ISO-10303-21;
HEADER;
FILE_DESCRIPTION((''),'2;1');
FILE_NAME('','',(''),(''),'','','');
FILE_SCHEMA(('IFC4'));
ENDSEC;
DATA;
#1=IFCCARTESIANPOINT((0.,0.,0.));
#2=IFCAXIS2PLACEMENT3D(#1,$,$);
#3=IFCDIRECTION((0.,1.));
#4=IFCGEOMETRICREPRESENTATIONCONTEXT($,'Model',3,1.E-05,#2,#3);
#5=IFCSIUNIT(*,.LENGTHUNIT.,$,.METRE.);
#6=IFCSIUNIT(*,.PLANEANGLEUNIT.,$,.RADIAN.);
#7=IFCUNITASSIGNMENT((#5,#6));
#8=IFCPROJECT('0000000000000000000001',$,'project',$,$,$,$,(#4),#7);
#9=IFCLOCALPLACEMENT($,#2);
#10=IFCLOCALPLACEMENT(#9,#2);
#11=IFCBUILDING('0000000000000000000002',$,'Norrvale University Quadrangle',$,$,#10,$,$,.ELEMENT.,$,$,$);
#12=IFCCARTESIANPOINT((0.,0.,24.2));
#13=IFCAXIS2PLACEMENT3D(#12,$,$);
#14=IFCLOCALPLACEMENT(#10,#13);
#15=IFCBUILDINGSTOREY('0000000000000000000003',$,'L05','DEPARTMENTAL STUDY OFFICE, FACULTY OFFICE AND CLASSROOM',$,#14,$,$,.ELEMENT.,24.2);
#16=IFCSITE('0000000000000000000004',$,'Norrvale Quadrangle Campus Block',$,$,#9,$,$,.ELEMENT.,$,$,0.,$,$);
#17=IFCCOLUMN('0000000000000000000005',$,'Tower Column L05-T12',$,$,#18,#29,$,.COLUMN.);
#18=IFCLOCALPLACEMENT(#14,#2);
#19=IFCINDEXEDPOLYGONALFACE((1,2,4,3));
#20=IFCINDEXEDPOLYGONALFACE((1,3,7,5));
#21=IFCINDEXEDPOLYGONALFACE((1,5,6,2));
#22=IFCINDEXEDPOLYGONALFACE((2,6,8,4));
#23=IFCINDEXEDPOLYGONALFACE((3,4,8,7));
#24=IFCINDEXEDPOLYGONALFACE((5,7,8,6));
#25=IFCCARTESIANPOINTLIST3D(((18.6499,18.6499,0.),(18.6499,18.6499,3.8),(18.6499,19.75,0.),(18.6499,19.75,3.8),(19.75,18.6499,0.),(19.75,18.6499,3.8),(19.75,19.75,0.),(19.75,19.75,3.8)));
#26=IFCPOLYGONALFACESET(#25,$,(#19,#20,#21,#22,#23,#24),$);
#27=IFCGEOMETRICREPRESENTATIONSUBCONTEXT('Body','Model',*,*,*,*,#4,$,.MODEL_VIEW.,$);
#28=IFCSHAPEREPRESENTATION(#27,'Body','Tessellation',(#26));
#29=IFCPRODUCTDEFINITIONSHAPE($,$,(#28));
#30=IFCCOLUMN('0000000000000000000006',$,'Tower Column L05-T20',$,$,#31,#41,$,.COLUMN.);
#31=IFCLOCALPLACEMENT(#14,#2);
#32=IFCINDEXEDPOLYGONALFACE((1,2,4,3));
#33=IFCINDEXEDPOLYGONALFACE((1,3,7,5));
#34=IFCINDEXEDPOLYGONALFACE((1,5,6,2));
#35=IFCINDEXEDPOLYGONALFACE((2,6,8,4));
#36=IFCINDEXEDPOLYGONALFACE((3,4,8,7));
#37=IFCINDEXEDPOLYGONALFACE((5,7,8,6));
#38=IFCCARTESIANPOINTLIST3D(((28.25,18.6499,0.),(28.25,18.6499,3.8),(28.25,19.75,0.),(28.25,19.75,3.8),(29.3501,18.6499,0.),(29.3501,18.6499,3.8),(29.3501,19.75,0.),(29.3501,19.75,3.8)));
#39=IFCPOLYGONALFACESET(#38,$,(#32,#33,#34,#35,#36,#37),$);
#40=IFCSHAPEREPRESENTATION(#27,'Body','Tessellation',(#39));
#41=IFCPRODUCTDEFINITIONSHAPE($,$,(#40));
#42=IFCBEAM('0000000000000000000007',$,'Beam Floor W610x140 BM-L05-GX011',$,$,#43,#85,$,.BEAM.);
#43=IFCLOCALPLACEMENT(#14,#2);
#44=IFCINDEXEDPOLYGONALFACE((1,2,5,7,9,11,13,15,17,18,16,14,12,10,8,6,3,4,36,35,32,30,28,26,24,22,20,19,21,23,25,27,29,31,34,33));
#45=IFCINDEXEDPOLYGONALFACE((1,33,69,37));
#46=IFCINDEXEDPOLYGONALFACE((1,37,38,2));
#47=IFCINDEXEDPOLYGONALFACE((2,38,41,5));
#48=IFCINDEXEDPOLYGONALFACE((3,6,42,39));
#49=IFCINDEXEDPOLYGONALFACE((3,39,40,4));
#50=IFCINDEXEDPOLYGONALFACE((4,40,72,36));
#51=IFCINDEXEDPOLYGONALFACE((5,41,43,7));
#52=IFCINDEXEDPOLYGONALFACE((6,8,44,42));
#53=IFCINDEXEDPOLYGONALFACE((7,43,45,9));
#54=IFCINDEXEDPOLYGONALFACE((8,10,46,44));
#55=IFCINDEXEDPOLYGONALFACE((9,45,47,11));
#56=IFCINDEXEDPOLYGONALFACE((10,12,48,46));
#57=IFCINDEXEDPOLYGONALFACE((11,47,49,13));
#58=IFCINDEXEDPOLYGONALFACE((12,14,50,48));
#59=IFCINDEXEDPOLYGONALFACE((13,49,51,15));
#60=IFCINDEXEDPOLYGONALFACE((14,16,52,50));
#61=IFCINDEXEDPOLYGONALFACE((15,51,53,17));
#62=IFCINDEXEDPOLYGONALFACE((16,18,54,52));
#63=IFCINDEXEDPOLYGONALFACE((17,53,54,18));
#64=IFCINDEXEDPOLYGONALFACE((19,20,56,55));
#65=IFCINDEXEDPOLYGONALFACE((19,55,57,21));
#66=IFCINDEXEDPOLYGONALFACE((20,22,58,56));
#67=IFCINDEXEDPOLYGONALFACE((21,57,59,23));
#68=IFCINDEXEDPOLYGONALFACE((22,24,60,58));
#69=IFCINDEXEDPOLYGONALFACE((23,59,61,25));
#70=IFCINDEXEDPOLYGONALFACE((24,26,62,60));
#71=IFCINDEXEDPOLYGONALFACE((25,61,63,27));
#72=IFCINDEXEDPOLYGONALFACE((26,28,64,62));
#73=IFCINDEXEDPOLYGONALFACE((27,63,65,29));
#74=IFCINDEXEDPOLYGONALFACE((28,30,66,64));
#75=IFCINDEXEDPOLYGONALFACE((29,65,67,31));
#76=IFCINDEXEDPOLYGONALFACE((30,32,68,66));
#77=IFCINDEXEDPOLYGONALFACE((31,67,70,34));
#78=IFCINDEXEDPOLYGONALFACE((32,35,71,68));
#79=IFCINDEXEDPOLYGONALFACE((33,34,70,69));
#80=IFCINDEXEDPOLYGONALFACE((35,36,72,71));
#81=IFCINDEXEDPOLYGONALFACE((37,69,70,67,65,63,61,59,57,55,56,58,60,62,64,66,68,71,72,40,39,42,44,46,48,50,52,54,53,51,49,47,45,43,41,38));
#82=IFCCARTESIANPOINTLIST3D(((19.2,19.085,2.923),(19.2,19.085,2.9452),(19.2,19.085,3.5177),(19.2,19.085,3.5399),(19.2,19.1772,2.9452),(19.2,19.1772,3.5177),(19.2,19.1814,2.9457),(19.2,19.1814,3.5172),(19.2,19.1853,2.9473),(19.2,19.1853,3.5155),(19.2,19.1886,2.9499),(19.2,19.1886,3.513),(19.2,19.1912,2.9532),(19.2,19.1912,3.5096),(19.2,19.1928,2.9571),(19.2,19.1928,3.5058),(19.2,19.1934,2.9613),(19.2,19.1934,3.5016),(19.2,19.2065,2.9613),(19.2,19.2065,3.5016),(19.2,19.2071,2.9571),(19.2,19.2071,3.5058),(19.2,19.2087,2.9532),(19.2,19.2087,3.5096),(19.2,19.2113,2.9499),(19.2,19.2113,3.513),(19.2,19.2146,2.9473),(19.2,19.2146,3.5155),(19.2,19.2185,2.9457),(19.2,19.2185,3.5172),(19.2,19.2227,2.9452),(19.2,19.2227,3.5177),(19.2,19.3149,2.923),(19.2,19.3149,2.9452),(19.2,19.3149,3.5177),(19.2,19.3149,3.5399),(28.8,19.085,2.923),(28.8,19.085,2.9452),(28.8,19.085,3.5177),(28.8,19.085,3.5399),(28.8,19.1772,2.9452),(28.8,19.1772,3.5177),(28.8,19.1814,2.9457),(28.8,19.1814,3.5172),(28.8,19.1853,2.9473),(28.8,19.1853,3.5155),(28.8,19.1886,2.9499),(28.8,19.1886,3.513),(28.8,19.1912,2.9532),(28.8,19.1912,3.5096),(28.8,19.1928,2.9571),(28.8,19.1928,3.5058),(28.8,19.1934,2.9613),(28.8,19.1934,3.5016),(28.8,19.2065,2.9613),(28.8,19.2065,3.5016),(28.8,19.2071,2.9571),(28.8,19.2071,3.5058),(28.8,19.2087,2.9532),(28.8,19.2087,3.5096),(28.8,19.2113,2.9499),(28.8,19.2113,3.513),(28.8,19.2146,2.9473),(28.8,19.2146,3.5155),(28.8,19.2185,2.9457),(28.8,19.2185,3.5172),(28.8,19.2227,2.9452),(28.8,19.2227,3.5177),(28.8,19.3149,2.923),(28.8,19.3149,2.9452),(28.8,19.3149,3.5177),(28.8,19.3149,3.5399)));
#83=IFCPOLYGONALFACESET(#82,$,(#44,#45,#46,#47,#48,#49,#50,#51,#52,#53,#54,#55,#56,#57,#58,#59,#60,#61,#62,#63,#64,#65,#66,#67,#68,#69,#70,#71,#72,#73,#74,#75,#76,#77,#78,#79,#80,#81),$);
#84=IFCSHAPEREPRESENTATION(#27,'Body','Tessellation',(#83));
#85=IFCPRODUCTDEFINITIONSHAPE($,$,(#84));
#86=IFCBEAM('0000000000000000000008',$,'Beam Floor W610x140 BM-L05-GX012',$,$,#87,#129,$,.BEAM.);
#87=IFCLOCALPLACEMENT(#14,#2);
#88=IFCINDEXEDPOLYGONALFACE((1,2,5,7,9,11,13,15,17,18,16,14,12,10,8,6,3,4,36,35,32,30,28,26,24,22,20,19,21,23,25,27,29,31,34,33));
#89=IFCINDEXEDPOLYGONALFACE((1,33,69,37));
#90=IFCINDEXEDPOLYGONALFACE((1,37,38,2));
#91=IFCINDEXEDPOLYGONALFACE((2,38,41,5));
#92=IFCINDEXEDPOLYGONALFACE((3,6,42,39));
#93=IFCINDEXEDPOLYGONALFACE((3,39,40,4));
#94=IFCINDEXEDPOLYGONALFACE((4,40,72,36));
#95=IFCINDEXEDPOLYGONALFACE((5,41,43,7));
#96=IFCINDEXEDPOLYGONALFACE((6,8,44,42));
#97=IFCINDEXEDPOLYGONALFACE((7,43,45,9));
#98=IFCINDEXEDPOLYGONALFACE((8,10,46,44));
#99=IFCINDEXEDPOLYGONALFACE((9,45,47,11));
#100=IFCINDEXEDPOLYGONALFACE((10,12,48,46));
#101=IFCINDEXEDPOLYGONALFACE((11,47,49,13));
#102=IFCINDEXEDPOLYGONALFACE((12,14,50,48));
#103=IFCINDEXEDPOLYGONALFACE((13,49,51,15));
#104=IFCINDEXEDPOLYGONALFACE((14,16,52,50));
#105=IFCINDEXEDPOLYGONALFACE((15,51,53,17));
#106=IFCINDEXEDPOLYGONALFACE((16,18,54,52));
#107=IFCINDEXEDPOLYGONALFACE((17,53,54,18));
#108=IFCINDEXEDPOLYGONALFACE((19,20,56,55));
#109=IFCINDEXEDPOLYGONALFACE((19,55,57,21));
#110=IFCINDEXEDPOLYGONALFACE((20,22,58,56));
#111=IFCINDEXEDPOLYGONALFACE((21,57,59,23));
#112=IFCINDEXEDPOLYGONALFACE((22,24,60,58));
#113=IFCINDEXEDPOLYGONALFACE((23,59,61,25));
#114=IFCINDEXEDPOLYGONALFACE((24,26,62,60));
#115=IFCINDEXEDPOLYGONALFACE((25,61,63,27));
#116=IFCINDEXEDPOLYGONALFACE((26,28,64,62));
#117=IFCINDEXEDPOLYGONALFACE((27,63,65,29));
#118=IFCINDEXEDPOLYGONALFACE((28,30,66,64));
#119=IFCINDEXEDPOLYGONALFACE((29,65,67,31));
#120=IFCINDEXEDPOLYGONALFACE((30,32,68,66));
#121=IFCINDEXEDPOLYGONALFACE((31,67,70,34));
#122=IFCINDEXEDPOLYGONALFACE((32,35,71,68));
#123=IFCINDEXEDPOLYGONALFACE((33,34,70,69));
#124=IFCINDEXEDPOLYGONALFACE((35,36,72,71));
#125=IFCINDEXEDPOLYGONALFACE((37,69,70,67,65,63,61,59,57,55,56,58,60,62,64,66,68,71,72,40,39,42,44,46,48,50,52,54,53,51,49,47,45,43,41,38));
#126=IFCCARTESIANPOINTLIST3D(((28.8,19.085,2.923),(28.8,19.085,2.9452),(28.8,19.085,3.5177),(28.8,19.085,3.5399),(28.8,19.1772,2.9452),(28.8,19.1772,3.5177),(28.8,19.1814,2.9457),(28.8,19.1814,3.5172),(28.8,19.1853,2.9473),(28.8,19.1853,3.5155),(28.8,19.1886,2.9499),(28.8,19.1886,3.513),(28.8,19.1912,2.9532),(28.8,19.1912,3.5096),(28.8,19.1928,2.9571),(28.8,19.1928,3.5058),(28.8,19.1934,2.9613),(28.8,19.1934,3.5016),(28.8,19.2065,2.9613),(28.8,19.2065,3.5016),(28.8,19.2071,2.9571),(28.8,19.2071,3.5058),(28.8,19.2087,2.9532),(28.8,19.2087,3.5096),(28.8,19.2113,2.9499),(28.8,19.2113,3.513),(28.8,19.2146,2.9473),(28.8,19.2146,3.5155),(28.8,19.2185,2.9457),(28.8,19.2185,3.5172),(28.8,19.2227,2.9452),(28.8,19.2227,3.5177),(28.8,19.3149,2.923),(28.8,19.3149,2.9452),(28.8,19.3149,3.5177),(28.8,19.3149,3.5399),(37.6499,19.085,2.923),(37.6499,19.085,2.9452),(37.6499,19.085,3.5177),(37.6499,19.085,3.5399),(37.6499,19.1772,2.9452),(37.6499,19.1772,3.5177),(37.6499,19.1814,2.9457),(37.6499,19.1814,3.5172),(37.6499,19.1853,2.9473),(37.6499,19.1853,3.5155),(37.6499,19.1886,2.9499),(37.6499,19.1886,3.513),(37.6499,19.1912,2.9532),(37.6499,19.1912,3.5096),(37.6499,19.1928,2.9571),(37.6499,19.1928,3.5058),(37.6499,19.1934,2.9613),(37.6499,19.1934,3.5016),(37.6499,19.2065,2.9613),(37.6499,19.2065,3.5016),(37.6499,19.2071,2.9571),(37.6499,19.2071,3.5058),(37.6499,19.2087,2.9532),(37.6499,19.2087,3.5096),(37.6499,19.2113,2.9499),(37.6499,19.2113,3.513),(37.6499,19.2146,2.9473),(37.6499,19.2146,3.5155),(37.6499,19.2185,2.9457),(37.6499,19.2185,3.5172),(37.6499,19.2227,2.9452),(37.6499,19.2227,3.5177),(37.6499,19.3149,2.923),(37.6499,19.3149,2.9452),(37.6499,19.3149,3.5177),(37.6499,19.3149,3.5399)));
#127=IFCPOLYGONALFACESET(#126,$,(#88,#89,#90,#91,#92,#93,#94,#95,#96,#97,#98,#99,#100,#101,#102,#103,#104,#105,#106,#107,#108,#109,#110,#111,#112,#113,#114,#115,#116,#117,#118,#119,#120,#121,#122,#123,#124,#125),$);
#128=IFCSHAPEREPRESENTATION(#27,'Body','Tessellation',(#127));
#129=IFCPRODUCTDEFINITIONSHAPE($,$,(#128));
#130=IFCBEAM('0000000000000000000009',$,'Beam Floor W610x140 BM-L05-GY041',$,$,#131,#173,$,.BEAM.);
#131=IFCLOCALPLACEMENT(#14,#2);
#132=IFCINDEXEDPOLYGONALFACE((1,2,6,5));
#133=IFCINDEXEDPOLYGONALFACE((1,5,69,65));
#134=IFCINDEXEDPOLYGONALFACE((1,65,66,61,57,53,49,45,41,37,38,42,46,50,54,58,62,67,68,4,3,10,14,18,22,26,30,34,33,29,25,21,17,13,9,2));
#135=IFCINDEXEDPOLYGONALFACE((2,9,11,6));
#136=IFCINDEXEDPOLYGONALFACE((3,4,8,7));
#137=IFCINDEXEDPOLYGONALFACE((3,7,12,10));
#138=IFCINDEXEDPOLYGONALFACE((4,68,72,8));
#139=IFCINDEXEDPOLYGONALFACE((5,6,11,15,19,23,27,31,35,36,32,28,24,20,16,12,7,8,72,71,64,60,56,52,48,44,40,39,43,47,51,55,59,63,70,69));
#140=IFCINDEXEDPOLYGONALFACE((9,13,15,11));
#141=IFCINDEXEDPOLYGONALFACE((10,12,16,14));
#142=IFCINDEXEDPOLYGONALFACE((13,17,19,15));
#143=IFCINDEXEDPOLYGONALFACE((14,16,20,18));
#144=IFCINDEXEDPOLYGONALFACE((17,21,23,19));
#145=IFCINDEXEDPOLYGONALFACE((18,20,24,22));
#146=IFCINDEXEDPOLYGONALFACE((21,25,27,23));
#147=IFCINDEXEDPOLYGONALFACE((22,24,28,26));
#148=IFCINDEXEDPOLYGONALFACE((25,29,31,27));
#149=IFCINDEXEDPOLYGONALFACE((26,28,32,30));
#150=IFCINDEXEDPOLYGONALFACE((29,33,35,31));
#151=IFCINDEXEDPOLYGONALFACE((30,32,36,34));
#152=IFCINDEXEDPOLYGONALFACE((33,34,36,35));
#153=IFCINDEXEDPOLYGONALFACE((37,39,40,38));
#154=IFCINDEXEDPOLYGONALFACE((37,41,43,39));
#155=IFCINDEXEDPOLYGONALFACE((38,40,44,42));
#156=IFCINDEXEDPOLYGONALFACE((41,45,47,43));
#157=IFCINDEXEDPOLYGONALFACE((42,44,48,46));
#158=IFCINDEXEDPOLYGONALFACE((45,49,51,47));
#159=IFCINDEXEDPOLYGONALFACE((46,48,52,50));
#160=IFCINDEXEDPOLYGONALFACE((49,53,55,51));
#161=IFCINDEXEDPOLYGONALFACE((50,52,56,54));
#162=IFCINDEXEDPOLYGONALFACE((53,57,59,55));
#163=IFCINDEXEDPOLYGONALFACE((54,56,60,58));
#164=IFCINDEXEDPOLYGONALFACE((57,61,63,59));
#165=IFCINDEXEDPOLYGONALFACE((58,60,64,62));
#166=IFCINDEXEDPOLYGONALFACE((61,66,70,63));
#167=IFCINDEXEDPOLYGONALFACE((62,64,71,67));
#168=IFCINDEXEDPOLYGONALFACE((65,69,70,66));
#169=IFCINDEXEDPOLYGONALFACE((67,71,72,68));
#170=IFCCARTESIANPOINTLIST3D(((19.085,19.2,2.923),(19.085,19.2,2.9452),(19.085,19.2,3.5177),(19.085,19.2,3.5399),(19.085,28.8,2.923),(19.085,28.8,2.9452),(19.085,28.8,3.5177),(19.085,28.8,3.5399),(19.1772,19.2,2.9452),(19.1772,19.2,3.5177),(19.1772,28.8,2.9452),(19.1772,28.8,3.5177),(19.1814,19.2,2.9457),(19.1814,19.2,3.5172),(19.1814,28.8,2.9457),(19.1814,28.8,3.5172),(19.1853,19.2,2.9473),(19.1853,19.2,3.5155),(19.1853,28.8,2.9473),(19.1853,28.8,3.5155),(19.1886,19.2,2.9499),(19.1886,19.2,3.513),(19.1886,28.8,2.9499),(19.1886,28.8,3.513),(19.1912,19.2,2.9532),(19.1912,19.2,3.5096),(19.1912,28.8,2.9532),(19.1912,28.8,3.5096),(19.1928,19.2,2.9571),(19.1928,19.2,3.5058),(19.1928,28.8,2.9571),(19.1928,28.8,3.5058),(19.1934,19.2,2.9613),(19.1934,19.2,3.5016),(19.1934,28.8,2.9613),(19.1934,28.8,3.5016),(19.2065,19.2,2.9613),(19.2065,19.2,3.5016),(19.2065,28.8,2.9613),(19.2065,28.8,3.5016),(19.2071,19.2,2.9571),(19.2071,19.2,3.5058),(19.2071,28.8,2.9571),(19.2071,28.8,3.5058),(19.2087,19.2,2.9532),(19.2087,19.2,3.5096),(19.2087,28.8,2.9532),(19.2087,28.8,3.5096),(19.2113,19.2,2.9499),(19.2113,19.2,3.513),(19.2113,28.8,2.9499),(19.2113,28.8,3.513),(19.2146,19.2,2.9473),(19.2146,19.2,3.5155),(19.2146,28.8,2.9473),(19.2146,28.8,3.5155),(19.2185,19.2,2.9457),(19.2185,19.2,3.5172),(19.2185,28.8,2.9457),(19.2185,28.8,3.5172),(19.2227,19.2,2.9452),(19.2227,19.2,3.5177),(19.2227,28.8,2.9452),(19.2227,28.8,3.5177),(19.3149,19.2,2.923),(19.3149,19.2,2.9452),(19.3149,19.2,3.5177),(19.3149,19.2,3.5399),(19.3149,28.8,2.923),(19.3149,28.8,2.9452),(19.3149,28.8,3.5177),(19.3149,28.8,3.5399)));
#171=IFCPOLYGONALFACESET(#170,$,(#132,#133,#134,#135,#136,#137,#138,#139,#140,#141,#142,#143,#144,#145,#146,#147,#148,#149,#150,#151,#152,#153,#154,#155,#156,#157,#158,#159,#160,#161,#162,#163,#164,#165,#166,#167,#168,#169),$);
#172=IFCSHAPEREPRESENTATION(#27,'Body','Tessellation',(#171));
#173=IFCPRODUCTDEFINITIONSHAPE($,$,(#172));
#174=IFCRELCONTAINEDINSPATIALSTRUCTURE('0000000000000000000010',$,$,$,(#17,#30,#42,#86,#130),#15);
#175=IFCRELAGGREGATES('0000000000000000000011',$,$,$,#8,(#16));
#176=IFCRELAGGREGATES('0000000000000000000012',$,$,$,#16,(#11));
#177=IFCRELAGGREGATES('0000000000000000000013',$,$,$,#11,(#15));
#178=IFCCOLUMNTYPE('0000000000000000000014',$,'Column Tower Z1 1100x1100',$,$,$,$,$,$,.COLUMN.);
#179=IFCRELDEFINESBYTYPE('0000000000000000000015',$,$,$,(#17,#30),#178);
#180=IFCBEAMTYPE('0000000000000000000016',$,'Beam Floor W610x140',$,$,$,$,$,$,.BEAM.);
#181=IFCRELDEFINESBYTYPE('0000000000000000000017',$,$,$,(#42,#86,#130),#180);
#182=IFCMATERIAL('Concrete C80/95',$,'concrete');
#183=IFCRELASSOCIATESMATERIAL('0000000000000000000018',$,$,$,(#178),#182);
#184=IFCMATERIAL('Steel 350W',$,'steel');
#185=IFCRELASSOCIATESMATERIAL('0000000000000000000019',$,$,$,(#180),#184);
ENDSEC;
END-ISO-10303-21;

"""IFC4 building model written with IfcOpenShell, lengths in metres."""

from ifc_helpers import new_model, si_unit, direction, frame, origin, origin_2d, place, context, subcontext, project, spatial, rectangle, i_section, extrude, material, material_profile, profile_set, type_object, element, save


model = new_model("IFC4")

# Units and contexts
model_context = context("Model", 3, precision=1e-05, world=origin(), true_north=direction((0.0, 1.0)))
body_context = subcontext(model_context, "Body", "Model", "MODEL_VIEW")
ifc_project = project(units=[si_unit("LENGTHUNIT", "METRE"), si_unit("PLANEANGLEUNIT", "RADIAN")], contexts=[model_context])

# Site, building, storey
site_placement = place(None, origin())
site = spatial("IfcSite", under=ifc_project, at=site_placement, Name="Norrvale Quadrangle Campus Block", CompositionType="ELEMENT", RefElevation=0.0)
building_placement = place(site_placement, origin())
building = spatial("IfcBuilding", under=site, at=building_placement, Name="Norrvale University Quadrangle", CompositionType="ELEMENT")
storey_placement = place(building_placement, frame((0.0, 0.0, 24.2)))
storey = spatial("IfcBuildingStorey", under=building, at=storey_placement, Name="L05", Description="DEPARTMENTAL STUDY OFFICE, FACULTY OFFICE AND CLASSROOM", CompositionType="ELEMENT", Elevation=24.2)

# Columns
ifc_material_1 = material(Name="Concrete C80/95", Category="concrete")
ifc_material_profile_1 = material_profile(ifc_material_1, rectangle(XDim=1.1001, YDim=1.1001, at=origin_2d()), Name="Concrete C80/95")
ifc_profile_set_1 = profile_set([ifc_material_profile_1], Name="Concrete C80/95")
column_type = type_object("IfcColumnType", Name="Column Tower Z1 1100x1100", PredefinedType="COLUMN", material=ifc_profile_set_1)
for number, where, z_axis, x_axis, name in (
    (1, (19.2, 19.2, 0.0), (0.0, 0.0, 1.0), (1.0, 0.0, 0.0), "Tower Column L05-T12"),
    (2, (28.8, 19.2, 0.0), (0.0, 0.0, 1.0), (1.0, 0.0, 0.0), "Tower Column L05-T20"),
):
    element("IfcColumn", number, at=place(storey_placement, frame(where, z_axis=z_axis, x_axis=x_axis)), inside=storey, type_object=column_type, Name=name, PredefinedType="COLUMN", context=body_context, shape_type="SweptSolid", body=[
        extrude(rectangle(XDim=1.1001, YDim=1.1001, at=origin_2d()), origin(), (0.0, 0.0, 1.0), 3.8),
    ])

# Beams
ifc_material_2 = material(Name="Steel 350W", Category="steel")
ifc_material_profile_2 = material_profile(ifc_material_2, i_section(OverallWidth=0.23, OverallDepth=0.6169, WebThickness=0.0132, FlangeThickness=0.0222, FilletRadius=0.0161, at=origin_2d()), Name="Steel 350W")
ifc_profile_set_2 = profile_set([ifc_material_profile_2], Name="Steel 350W")
beam_type_1 = type_object("IfcBeamType", Name="Beam Floor W610x140", PredefinedType="BEAM", material=ifc_profile_set_2)
beam_1_placement = place(storey_placement, frame((19.2, 19.2, 3.2314), z_axis=(1.0, 0.0, 0.0), x_axis=(0.0, 1.0, 0.0)))
element("IfcBeam", 3, at=beam_1_placement, inside=storey, type_object=beam_type_1, Name="Beam Floor W610x140 BM-L05-GX011", PredefinedType="BEAM", context=body_context, shape_type="SweptSolid", body=[
    extrude(i_section(OverallWidth=0.23, OverallDepth=0.6169, WebThickness=0.0132, FlangeThickness=0.0222, FilletRadius=0.0161, at=origin_2d()), origin(), (0.0, 0.0, 1.0), 9.6001),
])
beam_2_placement = place(storey_placement, frame((28.8, 19.2, 3.2314), z_axis=(1.0, 0.0, 0.0), x_axis=(0.0, 1.0, 0.0)))
element("IfcBeam", 4, at=beam_2_placement, inside=storey, type_object=beam_type_1, Name="Beam Floor W610x140 BM-L05-GX012", PredefinedType="BEAM", context=body_context, shape_type="SweptSolid", body=[
    extrude(i_section(OverallWidth=0.23, OverallDepth=0.6169, WebThickness=0.0132, FlangeThickness=0.0222, FilletRadius=0.0161, at=origin_2d()), origin(), (0.0, 0.0, 1.0), 8.8499),
])
for number, where, z_axis, x_axis, name in (
    (5, (19.2, 19.2, 3.2314), (0.0, 1.0, 0.0), (-1.0, 0.0, 0.0), "Beam Floor W610x140 BM-L05-GY041"),
):
    element("IfcBeam", number, at=place(storey_placement, frame(where, z_axis=z_axis, x_axis=x_axis)), inside=storey, type_object=beam_type_1, Name=name, PredefinedType="BEAM", context=body_context, shape_type="SweptSolid", body=[
        extrude(i_section(OverallWidth=0.23, OverallDepth=0.6169, WebThickness=0.0132, FlangeThickness=0.0222, FilletRadius=0.0161, at=origin_2d()), origin(), (0.0, 0.0, 1.0), 9.6001),
    ])

save(model, "model.ifc")
